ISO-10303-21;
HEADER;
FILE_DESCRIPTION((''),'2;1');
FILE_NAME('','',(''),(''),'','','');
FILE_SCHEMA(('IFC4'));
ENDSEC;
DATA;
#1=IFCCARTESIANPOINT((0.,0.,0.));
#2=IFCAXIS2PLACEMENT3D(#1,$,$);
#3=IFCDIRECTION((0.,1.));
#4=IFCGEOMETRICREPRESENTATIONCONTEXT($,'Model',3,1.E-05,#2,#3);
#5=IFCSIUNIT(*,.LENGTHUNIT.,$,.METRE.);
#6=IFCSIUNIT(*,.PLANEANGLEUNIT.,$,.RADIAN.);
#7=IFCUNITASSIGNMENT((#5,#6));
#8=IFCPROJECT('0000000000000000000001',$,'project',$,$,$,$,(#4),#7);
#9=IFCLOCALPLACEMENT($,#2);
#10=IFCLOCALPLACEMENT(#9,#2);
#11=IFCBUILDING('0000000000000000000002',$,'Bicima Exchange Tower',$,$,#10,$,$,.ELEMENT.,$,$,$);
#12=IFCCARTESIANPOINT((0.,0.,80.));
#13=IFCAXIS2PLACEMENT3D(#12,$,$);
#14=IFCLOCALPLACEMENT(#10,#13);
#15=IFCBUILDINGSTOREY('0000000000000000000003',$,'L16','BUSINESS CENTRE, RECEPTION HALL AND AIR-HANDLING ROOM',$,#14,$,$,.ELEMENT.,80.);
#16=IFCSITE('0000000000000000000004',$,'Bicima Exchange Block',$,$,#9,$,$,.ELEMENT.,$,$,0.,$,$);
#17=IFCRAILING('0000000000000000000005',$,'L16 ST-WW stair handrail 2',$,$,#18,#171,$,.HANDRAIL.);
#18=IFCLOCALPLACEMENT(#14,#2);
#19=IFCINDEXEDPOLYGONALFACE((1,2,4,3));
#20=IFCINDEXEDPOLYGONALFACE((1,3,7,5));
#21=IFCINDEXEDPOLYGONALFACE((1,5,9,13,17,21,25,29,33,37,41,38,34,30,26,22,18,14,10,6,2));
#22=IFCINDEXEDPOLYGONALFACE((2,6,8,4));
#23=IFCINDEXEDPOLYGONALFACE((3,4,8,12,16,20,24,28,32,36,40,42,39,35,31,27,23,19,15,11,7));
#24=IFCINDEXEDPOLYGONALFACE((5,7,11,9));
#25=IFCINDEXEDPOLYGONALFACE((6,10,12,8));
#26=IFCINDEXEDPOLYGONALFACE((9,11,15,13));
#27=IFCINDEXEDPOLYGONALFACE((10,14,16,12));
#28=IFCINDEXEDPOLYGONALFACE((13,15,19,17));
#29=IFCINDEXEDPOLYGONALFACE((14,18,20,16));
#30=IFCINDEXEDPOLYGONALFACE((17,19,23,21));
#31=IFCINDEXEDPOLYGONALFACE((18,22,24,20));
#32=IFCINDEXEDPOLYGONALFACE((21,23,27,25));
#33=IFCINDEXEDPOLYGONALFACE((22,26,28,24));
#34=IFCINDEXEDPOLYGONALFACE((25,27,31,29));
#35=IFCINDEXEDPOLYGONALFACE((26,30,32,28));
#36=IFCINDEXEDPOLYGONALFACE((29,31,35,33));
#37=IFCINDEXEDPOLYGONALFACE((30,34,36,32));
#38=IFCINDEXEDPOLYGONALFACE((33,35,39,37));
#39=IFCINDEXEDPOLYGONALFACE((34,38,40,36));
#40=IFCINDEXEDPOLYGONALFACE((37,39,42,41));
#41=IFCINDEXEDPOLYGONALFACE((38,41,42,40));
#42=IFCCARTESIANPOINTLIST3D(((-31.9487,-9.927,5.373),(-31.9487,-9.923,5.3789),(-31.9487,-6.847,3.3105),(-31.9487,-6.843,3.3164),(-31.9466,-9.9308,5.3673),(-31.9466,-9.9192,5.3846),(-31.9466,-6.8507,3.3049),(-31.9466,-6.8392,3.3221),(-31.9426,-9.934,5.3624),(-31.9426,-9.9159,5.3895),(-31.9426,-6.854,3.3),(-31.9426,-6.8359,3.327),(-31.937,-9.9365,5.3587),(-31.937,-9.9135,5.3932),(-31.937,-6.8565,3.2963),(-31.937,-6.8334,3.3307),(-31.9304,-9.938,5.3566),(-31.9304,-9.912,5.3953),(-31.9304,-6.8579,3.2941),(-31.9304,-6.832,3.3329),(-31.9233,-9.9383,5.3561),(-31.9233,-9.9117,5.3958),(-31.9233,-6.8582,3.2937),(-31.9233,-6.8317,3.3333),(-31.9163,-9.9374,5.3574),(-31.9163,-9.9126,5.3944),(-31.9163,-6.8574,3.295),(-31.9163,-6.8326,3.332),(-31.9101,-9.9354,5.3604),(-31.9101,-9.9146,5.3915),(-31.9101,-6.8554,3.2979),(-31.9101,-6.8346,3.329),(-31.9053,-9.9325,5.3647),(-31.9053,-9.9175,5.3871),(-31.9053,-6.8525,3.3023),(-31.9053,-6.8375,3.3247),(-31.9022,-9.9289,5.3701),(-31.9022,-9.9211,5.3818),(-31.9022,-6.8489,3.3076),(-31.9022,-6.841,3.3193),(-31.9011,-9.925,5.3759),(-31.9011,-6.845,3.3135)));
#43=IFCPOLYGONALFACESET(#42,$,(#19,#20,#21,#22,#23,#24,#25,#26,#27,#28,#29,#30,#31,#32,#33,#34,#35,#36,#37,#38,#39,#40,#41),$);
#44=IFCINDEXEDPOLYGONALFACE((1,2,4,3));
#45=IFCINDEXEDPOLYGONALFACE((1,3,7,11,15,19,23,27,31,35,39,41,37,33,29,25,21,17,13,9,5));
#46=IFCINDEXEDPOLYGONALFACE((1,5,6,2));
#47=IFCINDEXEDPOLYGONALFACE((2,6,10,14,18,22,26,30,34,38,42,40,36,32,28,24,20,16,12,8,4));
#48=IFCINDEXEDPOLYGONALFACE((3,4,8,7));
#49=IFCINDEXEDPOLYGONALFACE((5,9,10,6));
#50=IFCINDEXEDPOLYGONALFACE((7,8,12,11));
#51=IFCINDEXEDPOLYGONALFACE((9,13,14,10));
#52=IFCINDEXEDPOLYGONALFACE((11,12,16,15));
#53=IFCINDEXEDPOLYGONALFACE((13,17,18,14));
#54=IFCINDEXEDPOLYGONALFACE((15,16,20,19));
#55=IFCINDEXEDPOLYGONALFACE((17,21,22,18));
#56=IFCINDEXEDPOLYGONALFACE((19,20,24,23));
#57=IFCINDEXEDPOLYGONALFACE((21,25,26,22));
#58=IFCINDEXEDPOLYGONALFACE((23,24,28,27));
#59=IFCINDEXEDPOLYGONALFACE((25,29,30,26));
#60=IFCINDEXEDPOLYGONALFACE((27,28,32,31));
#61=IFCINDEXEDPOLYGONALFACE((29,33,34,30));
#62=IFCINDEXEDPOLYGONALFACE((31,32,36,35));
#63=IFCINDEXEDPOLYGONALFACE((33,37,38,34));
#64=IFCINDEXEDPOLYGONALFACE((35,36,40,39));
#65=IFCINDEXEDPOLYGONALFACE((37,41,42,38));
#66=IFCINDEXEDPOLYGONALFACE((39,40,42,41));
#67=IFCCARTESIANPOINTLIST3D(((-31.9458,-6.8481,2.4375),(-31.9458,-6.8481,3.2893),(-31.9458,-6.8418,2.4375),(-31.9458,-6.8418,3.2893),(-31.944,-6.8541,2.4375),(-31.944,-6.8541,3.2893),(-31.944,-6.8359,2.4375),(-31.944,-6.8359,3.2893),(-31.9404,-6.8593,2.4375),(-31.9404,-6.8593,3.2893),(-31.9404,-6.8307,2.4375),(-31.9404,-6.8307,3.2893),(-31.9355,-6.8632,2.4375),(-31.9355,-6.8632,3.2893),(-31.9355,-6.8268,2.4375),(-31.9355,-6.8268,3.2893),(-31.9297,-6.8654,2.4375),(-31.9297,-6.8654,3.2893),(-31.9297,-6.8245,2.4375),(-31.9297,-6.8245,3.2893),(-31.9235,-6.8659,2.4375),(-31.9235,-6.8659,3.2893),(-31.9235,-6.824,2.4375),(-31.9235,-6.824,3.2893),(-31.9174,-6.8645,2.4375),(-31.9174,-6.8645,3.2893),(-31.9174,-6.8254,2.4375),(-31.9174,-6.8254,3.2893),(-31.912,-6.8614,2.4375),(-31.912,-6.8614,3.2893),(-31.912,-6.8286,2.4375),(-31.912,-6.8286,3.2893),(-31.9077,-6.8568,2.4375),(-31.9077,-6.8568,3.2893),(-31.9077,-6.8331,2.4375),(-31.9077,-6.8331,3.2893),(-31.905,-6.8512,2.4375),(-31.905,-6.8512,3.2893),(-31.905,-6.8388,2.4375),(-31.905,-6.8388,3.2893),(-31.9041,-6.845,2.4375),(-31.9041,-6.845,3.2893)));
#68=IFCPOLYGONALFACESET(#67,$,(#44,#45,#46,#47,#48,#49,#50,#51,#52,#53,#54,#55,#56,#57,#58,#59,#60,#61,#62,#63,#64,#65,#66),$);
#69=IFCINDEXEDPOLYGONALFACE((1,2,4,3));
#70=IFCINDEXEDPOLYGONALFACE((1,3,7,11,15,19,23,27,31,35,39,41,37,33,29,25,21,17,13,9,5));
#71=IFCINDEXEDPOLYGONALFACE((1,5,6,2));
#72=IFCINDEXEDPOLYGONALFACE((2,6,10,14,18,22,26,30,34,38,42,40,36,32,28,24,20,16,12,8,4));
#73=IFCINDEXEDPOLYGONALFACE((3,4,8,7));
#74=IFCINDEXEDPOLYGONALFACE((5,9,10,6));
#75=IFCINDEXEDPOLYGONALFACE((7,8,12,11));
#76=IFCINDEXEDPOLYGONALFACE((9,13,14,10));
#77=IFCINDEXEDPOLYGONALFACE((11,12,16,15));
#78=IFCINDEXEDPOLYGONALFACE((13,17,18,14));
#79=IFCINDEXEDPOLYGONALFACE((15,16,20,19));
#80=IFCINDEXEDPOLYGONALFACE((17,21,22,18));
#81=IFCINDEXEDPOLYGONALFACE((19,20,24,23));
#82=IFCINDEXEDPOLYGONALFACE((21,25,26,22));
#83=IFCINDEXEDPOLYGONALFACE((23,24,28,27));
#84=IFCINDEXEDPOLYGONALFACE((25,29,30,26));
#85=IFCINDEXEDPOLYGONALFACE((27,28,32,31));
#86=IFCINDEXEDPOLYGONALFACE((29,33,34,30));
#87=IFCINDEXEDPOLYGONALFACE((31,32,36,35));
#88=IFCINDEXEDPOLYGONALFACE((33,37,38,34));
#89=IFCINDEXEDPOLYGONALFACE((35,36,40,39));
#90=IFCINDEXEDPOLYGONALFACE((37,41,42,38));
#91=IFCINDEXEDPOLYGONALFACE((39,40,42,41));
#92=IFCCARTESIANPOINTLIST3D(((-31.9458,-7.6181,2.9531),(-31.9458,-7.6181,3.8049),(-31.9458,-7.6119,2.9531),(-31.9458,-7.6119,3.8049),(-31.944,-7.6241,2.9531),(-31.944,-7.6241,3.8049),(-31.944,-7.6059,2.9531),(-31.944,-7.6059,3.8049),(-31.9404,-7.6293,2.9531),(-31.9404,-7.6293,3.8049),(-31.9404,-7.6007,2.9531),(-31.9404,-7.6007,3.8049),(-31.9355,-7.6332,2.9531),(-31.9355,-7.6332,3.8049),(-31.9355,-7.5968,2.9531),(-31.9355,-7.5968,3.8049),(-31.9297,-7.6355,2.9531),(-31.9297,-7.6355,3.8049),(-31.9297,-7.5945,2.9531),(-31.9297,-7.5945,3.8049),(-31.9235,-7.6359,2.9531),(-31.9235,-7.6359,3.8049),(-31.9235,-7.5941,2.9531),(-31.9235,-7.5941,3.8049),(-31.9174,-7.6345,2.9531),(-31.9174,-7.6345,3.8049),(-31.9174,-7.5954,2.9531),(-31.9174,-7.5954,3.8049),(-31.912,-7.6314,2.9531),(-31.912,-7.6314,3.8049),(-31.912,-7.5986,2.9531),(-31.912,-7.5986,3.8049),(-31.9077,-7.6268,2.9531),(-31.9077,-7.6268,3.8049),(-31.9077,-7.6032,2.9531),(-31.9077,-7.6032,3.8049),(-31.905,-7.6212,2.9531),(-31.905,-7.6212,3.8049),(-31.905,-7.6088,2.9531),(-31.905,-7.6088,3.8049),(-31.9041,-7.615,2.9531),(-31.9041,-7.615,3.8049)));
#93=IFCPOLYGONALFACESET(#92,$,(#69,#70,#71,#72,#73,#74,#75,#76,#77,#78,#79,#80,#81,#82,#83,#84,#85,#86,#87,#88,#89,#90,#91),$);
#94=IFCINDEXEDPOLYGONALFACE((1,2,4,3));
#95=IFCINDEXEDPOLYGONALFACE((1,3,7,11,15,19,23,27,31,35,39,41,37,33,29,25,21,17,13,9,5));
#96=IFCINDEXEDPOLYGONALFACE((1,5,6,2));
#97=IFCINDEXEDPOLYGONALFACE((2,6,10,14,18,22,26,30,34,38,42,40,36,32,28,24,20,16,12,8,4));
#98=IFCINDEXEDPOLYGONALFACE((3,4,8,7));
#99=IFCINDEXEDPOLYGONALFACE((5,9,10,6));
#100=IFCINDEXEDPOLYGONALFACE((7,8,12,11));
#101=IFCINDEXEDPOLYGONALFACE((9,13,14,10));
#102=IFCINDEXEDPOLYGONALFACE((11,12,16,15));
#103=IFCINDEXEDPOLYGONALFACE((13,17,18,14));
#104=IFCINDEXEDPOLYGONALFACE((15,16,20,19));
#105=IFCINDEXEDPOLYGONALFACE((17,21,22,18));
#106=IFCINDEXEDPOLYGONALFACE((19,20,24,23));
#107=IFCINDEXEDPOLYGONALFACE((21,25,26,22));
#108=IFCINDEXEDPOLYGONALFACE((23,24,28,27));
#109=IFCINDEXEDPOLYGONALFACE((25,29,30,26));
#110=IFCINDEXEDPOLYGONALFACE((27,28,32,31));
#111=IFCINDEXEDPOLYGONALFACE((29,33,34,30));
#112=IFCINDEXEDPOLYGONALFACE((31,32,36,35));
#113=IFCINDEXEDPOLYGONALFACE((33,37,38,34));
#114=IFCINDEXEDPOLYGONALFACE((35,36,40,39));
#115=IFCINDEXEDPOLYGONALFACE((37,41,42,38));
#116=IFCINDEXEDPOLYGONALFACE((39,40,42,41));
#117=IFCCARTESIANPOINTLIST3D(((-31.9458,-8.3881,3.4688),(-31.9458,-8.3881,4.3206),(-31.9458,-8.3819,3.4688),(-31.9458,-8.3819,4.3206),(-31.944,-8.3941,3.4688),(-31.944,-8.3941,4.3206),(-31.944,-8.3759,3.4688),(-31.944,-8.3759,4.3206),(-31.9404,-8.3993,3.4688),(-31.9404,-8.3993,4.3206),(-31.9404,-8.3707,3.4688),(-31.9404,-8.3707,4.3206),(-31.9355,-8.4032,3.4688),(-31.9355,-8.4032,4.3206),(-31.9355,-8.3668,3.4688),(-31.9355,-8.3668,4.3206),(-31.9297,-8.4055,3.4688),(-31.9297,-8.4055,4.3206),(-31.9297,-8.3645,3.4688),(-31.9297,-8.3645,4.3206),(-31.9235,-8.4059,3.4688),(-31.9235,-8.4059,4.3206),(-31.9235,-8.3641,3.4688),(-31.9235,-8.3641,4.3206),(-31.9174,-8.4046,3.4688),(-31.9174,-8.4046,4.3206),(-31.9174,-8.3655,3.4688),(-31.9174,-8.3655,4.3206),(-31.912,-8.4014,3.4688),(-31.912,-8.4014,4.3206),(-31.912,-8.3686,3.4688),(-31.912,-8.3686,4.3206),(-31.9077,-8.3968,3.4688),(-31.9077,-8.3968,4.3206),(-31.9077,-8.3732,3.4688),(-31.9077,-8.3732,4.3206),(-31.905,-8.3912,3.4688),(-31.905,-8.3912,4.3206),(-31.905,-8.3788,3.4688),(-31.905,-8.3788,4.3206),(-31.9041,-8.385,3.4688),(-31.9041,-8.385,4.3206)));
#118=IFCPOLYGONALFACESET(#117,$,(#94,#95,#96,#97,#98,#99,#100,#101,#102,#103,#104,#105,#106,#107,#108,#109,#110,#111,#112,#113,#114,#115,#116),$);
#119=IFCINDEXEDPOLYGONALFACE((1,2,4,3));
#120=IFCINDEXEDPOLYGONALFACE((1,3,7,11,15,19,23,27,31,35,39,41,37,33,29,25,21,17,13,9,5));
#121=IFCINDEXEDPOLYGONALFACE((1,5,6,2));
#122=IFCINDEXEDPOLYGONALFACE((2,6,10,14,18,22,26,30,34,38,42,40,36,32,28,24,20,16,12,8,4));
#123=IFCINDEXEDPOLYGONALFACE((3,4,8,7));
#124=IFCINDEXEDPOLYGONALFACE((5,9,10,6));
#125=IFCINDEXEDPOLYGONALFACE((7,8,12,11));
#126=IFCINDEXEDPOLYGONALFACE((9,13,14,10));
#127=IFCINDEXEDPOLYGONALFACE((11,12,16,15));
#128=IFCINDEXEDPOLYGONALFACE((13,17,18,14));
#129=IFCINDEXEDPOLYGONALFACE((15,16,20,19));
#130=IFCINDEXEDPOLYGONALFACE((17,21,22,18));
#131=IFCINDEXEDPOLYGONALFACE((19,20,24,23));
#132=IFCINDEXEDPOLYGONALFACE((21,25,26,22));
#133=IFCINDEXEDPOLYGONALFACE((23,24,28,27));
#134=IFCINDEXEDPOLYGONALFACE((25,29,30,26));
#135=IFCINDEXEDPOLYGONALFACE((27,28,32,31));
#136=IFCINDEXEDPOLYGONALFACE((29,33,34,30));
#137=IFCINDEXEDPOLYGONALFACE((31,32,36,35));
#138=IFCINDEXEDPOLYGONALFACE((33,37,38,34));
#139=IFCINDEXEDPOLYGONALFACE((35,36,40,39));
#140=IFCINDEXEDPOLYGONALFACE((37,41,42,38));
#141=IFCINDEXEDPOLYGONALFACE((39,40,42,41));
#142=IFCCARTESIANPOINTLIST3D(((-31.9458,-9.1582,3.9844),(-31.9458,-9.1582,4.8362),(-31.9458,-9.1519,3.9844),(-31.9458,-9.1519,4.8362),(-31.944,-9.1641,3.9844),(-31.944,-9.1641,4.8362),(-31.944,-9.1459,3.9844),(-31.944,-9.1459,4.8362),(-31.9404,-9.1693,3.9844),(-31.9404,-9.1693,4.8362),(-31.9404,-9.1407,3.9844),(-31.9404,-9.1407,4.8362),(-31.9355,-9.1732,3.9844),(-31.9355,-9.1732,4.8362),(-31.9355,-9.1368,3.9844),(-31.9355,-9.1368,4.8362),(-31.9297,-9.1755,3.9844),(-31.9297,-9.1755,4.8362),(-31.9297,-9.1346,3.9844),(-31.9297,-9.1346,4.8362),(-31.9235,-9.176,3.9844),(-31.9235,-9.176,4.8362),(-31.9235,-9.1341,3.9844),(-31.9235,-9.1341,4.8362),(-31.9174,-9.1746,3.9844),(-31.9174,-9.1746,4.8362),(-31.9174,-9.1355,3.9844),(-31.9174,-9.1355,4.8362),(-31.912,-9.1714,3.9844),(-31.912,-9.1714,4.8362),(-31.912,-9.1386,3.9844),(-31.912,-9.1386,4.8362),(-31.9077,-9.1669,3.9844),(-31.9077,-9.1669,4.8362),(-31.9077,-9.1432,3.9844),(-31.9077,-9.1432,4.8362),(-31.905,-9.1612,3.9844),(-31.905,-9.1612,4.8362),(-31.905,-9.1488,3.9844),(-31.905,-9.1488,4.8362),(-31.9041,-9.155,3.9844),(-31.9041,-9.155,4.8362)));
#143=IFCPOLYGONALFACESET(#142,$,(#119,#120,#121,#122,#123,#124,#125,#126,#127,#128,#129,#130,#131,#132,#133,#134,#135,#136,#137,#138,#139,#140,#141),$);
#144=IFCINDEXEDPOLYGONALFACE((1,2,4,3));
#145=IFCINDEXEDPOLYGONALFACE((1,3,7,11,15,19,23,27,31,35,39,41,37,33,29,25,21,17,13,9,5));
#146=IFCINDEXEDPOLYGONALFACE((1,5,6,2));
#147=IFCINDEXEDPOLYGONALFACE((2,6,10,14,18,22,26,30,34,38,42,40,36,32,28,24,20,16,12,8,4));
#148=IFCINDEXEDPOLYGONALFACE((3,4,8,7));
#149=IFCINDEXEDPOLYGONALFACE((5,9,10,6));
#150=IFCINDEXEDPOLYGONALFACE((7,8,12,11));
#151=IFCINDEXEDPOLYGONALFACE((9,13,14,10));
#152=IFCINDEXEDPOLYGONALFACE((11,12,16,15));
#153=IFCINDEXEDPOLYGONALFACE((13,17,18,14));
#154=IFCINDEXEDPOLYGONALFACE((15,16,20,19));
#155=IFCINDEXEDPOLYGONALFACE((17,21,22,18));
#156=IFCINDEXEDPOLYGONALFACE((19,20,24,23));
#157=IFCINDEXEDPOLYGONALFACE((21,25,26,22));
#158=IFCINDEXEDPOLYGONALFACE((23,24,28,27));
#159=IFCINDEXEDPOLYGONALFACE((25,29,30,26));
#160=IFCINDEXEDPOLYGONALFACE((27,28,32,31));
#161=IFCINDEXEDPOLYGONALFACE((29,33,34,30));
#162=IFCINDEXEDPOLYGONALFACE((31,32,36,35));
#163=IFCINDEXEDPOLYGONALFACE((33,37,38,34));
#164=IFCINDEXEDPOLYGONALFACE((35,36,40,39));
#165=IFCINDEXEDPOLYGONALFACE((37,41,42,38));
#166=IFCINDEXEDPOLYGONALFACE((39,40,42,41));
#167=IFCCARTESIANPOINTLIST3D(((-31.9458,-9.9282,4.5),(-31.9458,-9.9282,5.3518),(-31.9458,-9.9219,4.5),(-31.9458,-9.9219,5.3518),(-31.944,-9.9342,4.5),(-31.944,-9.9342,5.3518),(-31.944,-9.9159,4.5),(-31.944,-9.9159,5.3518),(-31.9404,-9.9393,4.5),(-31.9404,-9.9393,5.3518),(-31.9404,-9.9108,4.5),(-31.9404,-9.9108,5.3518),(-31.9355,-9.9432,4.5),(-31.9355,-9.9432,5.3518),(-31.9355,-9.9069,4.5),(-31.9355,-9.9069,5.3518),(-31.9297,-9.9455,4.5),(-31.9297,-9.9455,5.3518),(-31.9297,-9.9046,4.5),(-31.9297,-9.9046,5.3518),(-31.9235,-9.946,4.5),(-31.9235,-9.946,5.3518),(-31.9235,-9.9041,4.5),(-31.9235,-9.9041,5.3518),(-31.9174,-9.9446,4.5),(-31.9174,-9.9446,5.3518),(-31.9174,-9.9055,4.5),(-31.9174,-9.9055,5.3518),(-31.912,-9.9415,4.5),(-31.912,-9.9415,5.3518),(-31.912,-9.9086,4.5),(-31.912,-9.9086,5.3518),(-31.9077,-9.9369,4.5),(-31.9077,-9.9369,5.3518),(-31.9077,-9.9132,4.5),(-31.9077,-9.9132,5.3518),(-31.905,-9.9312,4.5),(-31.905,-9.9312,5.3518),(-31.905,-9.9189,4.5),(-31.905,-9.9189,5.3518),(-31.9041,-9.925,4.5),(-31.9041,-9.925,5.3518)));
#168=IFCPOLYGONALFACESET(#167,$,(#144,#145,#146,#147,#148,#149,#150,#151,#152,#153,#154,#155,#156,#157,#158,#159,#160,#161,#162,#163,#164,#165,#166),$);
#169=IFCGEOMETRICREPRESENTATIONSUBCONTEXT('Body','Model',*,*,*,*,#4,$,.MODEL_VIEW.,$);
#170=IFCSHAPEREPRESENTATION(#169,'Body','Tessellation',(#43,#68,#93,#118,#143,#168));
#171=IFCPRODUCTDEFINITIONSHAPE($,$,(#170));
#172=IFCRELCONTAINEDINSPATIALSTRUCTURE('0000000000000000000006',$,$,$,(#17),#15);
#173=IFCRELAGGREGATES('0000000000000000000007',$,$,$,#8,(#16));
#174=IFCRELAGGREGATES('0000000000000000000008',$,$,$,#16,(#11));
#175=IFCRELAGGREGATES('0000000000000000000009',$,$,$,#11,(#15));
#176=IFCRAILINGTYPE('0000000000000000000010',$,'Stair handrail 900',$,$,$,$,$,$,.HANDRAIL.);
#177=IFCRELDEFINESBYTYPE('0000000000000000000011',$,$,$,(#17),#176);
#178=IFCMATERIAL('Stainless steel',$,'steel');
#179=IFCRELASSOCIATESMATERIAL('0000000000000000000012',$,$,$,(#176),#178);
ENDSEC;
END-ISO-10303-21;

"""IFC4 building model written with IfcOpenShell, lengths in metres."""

from ifc_helpers import new_model, si_unit, direction, frame, origin, origin_2d, place, context, subcontext, project, spatial, circle, extrude, material, type_object, element, save


model = new_model("IFC4")

# Units and contexts
model_context = context("Model", 3, precision=1e-05, world=origin(), true_north=direction((0.0, 1.0)))
body_context = subcontext(model_context, "Body", "Model", "MODEL_VIEW")
ifc_project = project(units=[si_unit("LENGTHUNIT", "METRE"), si_unit("PLANEANGLEUNIT", "RADIAN")], contexts=[model_context])

# Site, building, storey
site_placement = place(None, origin())
site = spatial("IfcSite", under=ifc_project, at=site_placement, Name="Bicima Exchange Block", CompositionType="ELEMENT", RefElevation=0.0)
building_placement = place(site_placement, origin())
building = spatial("IfcBuilding", under=site, at=building_placement, Name="Bicima Exchange Tower", CompositionType="ELEMENT")
storey_placement = place(building_placement, frame((0.0, 0.0, 80.0)))
storey = spatial("IfcBuildingStorey", under=building, at=storey_placement, Name="L16", Description="BUSINESS CENTRE, RECEPTION HALL AND AIR-HANDLING ROOM", CompositionType="ELEMENT", Elevation=80.0)

# Railing
ifc_material_1 = material(Name="Stainless steel", Category="steel")
railing_type = type_object("IfcRailingType", Name="Stair handrail 900", PredefinedType="HANDRAIL", material=ifc_material_1)
railing_placement = place(storey_placement, frame((-31.925, -6.845, 2.4375)))
element("IfcRailing", 1, at=railing_placement, inside=storey, type_object=railing_type, Name="L16 ST-WW stair handrail 2", PredefinedType="HANDRAIL", context=body_context, shape_type="SweptSolid", body=[
    extrude(circle(Radius=0.0239, at=origin_2d()), frame((0.0, 0.0, 0.876), z_axis=(0.0, -0.830914, 0.556401), x_axis=(1.0, 0.0, 0.0)), (0.0, 0.0, 1.0), 3.7068),
    extrude(circle(Radius=0.021, at=origin_2d()), origin(), (0.0, 0.0, 1.0), 0.8518),
    extrude(circle(Radius=0.021, at=origin_2d()), frame((0.0, -0.77, 0.5156)), (0.0, 0.0, 1.0), 0.8518),
    extrude(circle(Radius=0.021, at=origin_2d()), frame((0.0, -1.54, 1.0312)), (0.0, 0.0, 1.0), 0.8518),
    extrude(circle(Radius=0.021, at=origin_2d()), frame((0.0, -2.3101, 1.5469)), (0.0, 0.0, 1.0), 0.8518),
    extrude(circle(Radius=0.021, at=origin_2d()), frame((0.0, -3.0801, 2.0625)), (0.0, 0.0, 1.0), 0.8518),
])

save(model, "model.ifc")
